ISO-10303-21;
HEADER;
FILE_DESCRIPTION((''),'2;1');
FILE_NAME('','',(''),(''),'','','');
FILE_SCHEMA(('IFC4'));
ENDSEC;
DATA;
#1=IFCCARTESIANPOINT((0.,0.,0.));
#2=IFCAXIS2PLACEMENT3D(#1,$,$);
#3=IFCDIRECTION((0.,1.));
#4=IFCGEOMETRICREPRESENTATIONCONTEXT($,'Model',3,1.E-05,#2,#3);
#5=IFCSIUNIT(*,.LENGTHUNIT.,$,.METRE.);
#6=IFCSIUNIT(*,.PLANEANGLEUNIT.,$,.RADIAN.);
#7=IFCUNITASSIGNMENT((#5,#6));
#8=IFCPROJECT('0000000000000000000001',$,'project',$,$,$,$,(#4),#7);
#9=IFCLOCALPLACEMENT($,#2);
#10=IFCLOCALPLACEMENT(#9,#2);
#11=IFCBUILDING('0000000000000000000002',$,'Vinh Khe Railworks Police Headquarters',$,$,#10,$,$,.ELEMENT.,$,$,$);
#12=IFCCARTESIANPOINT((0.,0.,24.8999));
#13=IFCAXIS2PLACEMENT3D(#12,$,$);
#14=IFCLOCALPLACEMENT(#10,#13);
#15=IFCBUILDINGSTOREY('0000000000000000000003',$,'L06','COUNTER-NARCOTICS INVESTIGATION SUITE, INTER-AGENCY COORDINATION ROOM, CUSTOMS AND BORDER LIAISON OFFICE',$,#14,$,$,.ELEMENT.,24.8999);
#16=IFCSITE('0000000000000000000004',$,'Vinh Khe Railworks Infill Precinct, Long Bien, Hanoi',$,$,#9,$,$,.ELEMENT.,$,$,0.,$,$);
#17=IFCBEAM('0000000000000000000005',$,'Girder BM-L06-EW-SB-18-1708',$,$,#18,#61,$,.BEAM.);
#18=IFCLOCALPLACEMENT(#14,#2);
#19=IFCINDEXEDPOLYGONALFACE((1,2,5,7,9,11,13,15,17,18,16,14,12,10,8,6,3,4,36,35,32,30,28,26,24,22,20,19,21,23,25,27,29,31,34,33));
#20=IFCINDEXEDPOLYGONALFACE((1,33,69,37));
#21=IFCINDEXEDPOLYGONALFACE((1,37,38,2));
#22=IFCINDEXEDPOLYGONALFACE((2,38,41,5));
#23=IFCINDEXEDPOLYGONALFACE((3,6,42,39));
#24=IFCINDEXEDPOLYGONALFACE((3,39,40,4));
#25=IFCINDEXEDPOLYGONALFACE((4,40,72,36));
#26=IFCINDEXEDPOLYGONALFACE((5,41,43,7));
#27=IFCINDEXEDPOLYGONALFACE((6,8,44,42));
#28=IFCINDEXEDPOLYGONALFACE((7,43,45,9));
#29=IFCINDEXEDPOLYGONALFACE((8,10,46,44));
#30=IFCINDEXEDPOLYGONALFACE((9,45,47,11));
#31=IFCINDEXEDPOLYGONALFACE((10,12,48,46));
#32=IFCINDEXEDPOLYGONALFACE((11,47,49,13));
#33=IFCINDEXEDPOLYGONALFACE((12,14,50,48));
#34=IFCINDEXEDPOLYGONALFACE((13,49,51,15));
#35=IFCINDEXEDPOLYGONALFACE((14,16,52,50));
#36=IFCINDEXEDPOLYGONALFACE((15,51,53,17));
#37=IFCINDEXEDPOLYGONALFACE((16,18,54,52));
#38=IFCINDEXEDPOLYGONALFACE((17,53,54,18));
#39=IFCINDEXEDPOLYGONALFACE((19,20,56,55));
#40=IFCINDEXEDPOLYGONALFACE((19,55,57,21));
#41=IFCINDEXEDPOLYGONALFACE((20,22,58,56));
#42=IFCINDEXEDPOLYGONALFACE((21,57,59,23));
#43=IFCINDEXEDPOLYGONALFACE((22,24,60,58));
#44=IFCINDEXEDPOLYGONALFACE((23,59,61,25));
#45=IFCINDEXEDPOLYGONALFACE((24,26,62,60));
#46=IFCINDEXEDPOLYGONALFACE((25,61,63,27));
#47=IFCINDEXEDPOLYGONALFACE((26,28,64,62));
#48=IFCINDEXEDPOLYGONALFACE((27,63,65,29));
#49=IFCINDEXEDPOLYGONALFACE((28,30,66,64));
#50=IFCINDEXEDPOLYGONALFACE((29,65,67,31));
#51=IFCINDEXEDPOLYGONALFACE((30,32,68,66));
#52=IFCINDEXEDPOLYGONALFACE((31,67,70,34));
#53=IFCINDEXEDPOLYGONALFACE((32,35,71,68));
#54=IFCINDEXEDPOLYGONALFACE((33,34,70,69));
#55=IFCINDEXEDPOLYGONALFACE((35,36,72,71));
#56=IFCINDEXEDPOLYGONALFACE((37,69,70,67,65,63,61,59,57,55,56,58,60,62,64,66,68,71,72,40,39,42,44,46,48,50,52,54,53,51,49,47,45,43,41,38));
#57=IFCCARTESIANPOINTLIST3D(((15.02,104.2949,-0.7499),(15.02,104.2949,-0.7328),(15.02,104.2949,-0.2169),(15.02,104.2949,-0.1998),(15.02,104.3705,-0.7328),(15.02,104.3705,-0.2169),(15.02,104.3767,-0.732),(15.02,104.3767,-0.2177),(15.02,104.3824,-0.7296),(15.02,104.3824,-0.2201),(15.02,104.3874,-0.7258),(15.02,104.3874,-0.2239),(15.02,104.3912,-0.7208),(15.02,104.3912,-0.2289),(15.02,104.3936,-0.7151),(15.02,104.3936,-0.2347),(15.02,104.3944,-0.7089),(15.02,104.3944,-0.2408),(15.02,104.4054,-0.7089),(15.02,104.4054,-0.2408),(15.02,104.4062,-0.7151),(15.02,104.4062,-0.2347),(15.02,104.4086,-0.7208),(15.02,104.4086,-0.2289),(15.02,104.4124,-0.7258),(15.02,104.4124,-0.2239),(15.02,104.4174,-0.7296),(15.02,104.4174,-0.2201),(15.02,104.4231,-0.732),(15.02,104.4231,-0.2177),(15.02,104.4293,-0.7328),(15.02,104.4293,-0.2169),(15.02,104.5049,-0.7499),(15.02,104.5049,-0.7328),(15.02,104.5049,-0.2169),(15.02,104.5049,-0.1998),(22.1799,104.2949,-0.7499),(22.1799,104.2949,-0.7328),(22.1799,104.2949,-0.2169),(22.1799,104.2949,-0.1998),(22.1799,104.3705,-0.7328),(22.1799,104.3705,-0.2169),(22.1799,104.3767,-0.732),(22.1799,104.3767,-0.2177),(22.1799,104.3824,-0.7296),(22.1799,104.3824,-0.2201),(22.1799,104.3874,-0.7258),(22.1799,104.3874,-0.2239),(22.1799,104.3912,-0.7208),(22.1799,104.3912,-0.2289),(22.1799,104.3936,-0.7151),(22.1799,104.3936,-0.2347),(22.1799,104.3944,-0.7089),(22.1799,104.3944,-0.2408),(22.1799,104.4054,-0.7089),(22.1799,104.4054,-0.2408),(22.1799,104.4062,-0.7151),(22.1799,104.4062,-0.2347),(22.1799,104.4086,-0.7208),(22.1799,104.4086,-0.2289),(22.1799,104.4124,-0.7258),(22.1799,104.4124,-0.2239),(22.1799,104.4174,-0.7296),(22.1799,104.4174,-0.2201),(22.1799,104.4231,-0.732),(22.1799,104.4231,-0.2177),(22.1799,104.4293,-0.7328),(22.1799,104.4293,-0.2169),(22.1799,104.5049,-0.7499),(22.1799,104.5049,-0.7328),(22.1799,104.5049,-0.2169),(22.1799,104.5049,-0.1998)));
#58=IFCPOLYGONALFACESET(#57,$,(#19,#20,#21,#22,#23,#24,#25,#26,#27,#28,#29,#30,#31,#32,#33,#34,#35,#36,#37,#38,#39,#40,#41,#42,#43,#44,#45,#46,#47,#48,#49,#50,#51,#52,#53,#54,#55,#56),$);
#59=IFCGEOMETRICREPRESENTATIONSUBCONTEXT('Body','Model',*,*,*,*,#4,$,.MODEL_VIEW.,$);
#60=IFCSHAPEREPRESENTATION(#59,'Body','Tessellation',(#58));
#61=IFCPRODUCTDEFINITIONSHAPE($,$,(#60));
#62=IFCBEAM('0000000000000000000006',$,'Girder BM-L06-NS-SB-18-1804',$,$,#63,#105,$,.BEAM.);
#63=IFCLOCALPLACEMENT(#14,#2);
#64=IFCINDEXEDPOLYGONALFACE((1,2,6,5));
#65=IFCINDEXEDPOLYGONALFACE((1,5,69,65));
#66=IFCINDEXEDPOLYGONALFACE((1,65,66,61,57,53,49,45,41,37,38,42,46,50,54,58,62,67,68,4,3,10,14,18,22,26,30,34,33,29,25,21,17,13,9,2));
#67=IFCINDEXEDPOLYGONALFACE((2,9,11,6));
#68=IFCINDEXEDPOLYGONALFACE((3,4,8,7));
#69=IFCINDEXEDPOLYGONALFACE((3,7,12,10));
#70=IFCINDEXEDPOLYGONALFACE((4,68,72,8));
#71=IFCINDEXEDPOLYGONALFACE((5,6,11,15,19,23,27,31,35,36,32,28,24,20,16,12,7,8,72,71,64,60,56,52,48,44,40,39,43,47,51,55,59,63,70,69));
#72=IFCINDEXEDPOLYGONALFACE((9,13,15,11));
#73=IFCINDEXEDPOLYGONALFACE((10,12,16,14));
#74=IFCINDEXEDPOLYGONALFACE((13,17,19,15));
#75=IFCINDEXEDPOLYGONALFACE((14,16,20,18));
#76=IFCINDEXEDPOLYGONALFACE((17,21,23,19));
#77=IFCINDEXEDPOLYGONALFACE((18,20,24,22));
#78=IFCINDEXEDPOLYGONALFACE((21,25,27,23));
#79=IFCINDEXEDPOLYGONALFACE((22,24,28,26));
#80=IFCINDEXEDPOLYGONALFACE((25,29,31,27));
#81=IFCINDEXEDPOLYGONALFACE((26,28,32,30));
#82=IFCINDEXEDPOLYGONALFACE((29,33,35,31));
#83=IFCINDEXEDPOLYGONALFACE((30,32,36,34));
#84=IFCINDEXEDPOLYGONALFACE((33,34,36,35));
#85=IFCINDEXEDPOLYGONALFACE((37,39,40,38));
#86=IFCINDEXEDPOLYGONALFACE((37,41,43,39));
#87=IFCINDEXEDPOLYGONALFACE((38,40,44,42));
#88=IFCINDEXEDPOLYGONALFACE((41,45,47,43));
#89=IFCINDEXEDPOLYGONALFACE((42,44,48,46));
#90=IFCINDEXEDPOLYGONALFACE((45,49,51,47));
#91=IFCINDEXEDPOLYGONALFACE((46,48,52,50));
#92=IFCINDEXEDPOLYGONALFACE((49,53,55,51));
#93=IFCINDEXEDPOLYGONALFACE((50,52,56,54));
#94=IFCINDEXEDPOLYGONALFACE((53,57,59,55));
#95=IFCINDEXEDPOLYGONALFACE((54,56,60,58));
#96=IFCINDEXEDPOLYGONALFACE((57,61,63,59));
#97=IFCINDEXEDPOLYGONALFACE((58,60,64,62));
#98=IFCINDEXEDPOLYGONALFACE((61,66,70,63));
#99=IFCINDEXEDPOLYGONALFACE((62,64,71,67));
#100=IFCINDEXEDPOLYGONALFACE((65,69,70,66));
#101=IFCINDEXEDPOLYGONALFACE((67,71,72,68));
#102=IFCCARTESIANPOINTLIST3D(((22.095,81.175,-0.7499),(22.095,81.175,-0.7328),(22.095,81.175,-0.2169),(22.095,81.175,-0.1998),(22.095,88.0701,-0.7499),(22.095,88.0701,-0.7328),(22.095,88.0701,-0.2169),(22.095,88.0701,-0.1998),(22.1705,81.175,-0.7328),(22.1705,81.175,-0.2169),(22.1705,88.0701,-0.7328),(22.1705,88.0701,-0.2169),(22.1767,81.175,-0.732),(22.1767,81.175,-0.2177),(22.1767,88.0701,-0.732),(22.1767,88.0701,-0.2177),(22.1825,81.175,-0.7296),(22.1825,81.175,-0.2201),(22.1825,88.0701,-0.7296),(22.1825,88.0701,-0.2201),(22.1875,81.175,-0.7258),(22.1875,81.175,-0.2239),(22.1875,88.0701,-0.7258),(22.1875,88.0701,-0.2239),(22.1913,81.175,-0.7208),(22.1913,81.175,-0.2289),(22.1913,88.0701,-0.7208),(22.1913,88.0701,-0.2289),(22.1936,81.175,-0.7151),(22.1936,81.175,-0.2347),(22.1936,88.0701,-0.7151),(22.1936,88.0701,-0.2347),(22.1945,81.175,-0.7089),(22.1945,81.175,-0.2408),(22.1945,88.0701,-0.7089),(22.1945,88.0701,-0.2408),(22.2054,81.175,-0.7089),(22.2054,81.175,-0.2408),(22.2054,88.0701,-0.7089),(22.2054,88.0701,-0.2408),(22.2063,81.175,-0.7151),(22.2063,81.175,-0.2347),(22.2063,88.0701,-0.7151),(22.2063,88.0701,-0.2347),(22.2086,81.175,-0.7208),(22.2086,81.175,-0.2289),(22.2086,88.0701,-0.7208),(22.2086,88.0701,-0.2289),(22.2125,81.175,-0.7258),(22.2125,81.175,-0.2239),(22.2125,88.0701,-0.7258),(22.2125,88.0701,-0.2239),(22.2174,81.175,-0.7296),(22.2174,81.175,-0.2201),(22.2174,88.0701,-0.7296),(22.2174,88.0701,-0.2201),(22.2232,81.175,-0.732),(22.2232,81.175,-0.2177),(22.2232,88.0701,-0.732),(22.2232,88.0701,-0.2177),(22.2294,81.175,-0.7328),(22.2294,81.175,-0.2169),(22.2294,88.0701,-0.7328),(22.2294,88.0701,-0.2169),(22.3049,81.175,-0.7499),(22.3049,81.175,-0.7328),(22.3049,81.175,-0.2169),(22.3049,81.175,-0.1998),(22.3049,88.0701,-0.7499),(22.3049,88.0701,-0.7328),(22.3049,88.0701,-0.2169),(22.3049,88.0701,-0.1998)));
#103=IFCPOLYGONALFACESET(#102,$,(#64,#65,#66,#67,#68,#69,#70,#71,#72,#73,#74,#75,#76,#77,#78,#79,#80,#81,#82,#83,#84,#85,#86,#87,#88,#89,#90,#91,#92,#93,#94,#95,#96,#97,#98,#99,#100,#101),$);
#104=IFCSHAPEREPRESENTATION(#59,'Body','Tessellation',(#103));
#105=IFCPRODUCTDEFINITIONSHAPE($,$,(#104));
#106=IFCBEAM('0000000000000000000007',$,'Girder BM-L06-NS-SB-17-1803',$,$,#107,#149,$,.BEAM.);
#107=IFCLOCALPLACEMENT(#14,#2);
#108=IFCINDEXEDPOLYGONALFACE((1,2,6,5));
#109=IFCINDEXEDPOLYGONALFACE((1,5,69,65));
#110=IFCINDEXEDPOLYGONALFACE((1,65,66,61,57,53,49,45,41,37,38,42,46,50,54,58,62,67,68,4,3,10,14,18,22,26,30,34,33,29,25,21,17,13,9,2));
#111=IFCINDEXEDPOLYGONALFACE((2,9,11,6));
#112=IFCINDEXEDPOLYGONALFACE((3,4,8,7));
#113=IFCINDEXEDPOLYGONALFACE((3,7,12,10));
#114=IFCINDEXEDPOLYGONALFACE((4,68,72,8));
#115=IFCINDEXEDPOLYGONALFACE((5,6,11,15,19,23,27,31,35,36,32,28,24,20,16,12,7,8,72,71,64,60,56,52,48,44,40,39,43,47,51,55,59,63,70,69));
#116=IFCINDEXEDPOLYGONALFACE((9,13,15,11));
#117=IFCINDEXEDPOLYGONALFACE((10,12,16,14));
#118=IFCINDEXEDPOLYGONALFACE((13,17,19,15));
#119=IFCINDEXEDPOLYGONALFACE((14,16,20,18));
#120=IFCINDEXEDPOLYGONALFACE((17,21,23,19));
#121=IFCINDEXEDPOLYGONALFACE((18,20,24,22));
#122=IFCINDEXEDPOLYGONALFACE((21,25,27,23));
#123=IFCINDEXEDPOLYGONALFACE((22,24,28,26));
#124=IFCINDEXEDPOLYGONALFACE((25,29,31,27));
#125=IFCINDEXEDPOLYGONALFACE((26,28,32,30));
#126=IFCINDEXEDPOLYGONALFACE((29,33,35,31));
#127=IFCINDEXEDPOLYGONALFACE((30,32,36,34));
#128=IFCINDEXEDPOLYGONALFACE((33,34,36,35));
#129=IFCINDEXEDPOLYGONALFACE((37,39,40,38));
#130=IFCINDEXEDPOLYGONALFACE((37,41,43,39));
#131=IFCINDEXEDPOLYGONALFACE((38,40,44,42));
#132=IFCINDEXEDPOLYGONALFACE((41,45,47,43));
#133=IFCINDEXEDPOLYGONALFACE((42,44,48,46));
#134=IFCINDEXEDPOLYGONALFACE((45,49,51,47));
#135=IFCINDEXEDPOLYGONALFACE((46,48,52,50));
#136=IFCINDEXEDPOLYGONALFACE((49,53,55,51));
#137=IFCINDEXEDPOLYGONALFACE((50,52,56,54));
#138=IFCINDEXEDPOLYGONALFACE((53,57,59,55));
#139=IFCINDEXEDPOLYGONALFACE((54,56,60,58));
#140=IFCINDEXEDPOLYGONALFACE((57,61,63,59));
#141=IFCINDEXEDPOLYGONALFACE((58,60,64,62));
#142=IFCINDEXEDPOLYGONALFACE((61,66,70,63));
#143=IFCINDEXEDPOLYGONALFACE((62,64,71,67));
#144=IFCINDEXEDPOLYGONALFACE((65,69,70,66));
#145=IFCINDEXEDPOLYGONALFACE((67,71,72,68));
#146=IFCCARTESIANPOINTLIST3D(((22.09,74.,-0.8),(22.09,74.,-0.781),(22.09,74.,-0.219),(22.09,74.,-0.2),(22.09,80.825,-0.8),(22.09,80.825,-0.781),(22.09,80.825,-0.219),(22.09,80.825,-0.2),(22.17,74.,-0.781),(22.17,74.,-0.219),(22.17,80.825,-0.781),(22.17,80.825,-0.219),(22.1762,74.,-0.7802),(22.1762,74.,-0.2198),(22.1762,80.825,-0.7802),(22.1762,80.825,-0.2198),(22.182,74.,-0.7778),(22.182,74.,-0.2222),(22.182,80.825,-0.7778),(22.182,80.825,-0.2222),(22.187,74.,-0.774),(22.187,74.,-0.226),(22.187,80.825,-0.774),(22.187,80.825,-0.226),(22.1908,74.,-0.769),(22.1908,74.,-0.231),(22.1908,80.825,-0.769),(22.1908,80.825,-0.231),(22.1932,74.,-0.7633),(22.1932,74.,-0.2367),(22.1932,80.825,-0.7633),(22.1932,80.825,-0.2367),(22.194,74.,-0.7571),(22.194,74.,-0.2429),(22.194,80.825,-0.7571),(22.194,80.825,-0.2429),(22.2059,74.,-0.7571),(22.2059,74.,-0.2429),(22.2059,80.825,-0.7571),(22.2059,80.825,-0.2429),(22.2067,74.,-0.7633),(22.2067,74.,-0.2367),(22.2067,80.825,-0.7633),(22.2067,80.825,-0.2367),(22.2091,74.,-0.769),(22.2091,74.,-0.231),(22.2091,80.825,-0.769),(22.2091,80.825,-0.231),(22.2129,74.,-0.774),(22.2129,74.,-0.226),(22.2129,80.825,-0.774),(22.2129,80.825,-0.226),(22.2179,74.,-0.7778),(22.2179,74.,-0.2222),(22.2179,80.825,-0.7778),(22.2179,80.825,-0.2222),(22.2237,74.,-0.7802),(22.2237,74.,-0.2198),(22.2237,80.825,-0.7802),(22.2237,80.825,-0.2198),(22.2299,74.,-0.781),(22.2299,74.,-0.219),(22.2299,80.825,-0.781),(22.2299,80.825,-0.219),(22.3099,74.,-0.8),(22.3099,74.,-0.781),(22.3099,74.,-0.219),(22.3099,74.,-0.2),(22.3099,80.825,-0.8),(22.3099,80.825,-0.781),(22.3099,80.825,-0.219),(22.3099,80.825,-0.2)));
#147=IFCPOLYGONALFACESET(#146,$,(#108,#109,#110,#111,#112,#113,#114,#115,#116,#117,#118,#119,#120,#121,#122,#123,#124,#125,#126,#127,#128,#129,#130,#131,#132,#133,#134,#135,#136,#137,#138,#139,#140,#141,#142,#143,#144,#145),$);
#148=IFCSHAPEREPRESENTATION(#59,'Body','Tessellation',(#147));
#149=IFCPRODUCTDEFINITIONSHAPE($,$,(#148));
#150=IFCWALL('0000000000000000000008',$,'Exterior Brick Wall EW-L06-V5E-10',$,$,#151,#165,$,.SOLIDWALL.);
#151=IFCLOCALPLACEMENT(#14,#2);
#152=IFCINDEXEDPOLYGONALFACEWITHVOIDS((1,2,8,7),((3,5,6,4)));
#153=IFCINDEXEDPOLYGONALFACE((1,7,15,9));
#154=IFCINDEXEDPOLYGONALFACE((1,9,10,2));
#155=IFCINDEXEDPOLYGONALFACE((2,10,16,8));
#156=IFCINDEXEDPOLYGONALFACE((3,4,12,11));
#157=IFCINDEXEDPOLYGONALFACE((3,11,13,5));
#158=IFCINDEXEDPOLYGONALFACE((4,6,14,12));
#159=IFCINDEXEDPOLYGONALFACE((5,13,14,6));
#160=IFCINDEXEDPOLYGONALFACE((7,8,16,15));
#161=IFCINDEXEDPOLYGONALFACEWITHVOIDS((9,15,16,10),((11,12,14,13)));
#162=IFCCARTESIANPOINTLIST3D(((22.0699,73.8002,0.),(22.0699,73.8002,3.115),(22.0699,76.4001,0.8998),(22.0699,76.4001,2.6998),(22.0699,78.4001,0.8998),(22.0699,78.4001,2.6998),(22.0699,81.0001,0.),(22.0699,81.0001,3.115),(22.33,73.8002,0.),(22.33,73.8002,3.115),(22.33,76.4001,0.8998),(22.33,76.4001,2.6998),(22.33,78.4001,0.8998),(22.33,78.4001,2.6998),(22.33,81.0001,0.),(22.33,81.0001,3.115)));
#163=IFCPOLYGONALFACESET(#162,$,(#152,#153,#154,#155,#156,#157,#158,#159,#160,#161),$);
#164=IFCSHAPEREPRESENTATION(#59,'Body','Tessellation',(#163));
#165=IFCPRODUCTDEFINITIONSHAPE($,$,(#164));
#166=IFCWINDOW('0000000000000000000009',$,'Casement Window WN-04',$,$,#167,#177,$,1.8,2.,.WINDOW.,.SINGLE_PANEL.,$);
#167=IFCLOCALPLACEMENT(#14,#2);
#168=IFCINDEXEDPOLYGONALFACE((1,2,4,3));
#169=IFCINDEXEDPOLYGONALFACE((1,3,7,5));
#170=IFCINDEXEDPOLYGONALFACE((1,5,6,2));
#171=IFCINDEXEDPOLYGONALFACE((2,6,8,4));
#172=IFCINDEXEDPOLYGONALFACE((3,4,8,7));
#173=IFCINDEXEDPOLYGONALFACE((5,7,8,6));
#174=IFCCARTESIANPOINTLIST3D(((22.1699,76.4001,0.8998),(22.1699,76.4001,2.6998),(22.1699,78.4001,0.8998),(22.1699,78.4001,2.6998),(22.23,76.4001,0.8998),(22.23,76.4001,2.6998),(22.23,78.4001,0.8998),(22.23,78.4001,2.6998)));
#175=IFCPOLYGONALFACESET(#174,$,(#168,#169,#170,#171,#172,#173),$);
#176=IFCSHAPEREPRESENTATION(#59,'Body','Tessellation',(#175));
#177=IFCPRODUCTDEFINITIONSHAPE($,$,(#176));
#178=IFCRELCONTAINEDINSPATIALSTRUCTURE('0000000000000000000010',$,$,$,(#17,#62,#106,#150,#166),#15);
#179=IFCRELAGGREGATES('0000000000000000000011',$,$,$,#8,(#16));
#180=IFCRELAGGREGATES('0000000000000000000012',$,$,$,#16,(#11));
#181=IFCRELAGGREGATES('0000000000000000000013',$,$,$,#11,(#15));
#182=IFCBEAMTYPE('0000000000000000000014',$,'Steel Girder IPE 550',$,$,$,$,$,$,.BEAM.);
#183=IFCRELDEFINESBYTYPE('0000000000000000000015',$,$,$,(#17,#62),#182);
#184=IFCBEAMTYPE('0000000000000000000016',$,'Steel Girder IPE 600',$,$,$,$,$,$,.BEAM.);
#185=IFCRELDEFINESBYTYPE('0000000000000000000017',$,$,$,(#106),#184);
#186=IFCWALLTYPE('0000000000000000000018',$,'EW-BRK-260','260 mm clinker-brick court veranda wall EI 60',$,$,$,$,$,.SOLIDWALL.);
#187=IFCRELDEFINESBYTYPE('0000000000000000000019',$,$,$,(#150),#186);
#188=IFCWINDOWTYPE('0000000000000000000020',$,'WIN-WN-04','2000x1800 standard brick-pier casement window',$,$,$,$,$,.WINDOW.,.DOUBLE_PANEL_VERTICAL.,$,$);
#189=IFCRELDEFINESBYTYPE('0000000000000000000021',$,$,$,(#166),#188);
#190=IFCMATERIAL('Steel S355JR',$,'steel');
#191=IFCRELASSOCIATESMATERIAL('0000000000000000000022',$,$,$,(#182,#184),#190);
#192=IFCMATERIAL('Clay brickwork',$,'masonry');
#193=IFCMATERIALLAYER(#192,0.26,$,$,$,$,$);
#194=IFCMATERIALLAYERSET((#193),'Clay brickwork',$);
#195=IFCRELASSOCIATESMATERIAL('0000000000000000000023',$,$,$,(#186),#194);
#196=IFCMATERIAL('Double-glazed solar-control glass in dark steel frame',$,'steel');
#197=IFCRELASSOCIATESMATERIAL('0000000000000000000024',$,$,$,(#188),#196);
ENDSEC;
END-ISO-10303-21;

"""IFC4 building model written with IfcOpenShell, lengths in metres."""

from ifc_helpers import new_model, si_unit, direction, frame, frame_2d, origin, origin_2d, place, context, subcontext, project, spatial, rectangle, i_section, extrude, material, layer, layer_set, material_profile, profile_set, type_object, element, fill, save


model = new_model("IFC4")

# Units and contexts
model_context = context("Model", 3, precision=1e-05, world=origin(), true_north=direction((0.0, 1.0)))
body_context = subcontext(model_context, "Body", "Model", "MODEL_VIEW")
ifc_project = project(units=[si_unit("LENGTHUNIT", "METRE"), si_unit("PLANEANGLEUNIT", "RADIAN")], contexts=[model_context])

# Site, building, storey
site_placement = place(None, origin())
site = spatial("IfcSite", under=ifc_project, at=site_placement, Name="Vinh Khe Railworks Infill Precinct, Long Bien, Hanoi", CompositionType="ELEMENT", RefElevation=0.0)
building_placement = place(site_placement, origin())
building = spatial("IfcBuilding", under=site, at=building_placement, Name="Vinh Khe Railworks Police Headquarters", CompositionType="ELEMENT")
storey_placement = place(building_placement, frame((0.0, 0.0, 24.8999)))
storey = spatial("IfcBuildingStorey", under=building, at=storey_placement, Name="L06", Description="COUNTER-NARCOTICS INVESTIGATION SUITE, INTER-AGENCY COORDINATION ROOM, CUSTOMS AND BORDER LIAISON OFFICE", CompositionType="ELEMENT", Elevation=24.8999)

# Shared definitions
ifc_material_1 = material(Name="Steel S355JR", Category="steel")

# Beams
ifc_material_profile_1 = material_profile(ifc_material_1, i_section(OverallWidth=0.21, OverallDepth=0.55, WebThickness=0.011, FlangeThickness=0.0171, FilletRadius=0.0239, at=origin_2d()), Name="IPE 550")
ifc_profile_set_1 = profile_set([ifc_material_profile_1], Name="Steel S355JR")
beam_type_1 = type_object("IfcBeamType", Name="Steel Girder IPE 550", PredefinedType="BEAM", material=ifc_profile_set_1)
for number, where, z_axis, x_axis, name in (
    (1, (15.02, 104.3999, -0.4749), (1.0, 0.0, 0.0), (0.0, 1.0, 0.0), "Girder BM-L06-EW-SB-18-1708"),
):
    element("IfcBeam", number, at=place(storey_placement, frame(where, z_axis=z_axis, x_axis=x_axis)), inside=storey, type_object=beam_type_1, Name=name, PredefinedType="BEAM", context=body_context, shape_type="SweptSolid", body=[
        extrude(i_section(OverallWidth=0.21, OverallDepth=0.55, WebThickness=0.011, FlangeThickness=0.0171, FilletRadius=0.0239, at=origin_2d()), origin(), (0.0, 0.0, 1.0), 7.1599),
    ])
beam_1_placement = place(storey_placement, frame((22.2, 81.175, -0.4749), z_axis=(0.0, 1.0, 0.0), x_axis=(-1.0, 0.0, 0.0)))
element("IfcBeam", 2, at=beam_1_placement, inside=storey, type_object=beam_type_1, Name="Girder BM-L06-NS-SB-18-1804", PredefinedType="BEAM", context=body_context, shape_type="SweptSolid", body=[
    extrude(i_section(OverallWidth=0.21, OverallDepth=0.55, WebThickness=0.011, FlangeThickness=0.0171, FilletRadius=0.0239, at=origin_2d()), origin(), (0.0, 0.0, 1.0), 6.895),
])
ifc_material_profile_2 = material_profile(ifc_material_1, i_section(OverallWidth=0.22, OverallDepth=0.6001, WebThickness=0.012, FlangeThickness=0.019, FilletRadius=0.0239, at=origin_2d()), Name="IPE 600")
ifc_profile_set_2 = profile_set([ifc_material_profile_2], Name="Steel S355JR")
beam_type_2 = type_object("IfcBeamType", Name="Steel Girder IPE 600", PredefinedType="BEAM", material=ifc_profile_set_2)
beam_2_placement = place(storey_placement, frame((22.2, 74.0, -0.5), z_axis=(0.0, 1.0, 0.0), x_axis=(-1.0, 0.0, 0.0)))
element("IfcBeam", 3, at=beam_2_placement, inside=storey, type_object=beam_type_2, Name="Girder BM-L06-NS-SB-17-1803", PredefinedType="BEAM", context=body_context, shape_type="SweptSolid", body=[
    extrude(i_section(OverallWidth=0.22, OverallDepth=0.6001, WebThickness=0.012, FlangeThickness=0.019, FilletRadius=0.0239, at=origin_2d()), origin(), (0.0, 0.0, 1.0), 6.825),
])

# Wall, opening, window
ifc_material_2 = material(Name="Clay brickwork", Category="masonry")
ifc_layer = layer(ifc_material_2, 0.26)
ifc_layer_set = layer_set([ifc_layer], Name="Clay brickwork")
wall_type = type_object("IfcWallType", Name="EW-BRK-260", Description="260 mm clinker-brick court veranda wall EI 60", PredefinedType="SOLIDWALL", material=ifc_layer_set)
wall_1_placement = place(storey_placement, frame((22.2, 73.8, 0.0), z_axis=(0.0, 0.0, 1.0), x_axis=(0.0, 1.0, 0.0)))
wall_1 = element("IfcWall", 4, at=wall_1_placement, inside=storey, type_object=wall_type, Name="Exterior Brick Wall EW-L06-V5E-10", PredefinedType="SOLIDWALL", context=body_context, shape_type="SweptSolid", body=[
    extrude(rectangle(XDim=7.2, YDim=0.26, at=frame_2d((3.6001, 0.0))), origin(), (0.0, 0.0, 1.0), 3.115),
])
opening_1_placement = place(wall_1_placement, frame((2.6001, 0.0, 0.8999)))
opening_1 = element("IfcOpeningElement", 5, at=opening_1_placement, cuts=wall_1, PredefinedType="OPENING", context=body_context, shape_type="SweptSolid", body=[
    extrude(rectangle(XDim=2.0, YDim=1.8, at=frame_2d((1.0, 0.8999))), frame((0.0, 0.145, 0.0), z_axis=(0.0, -1.0, 0.0), x_axis=(1.0, 0.0, 0.0)), (0.0, 0.0, 1.0), 0.2898),
])
ifc_material_3 = material(Name="Double-glazed solar-control glass in dark steel frame", Category="steel")
window_type = type_object("IfcWindowType", Name="WIN-WN-04", Description="2000x1800 standard brick-pier casement window", PartitioningType="DOUBLE_PANEL_VERTICAL", PredefinedType="WINDOW", material=ifc_material_3)
window_1_placement = place(opening_1_placement, origin())
window_1 = element("IfcWindow", 6, at=window_1_placement, inside=storey, type_object=window_type, Name="Casement Window WN-04", OverallHeight=1.8, OverallWidth=2.0, PartitioningType="SINGLE_PANEL", PredefinedType="WINDOW", context=body_context, shape_type="SweptSolid", body=[
    extrude(rectangle(XDim=2.0, YDim=1.8, at=frame_2d((1.0, 0.8999))), frame((0.0, 0.03, 0.0), z_axis=(0.0, -1.0, 0.0), x_axis=(1.0, 0.0, 0.0)), (0.0, 0.0, 1.0), 0.0601),
])
fill(opening_1, window_1)

save(model, "model.ifc")
